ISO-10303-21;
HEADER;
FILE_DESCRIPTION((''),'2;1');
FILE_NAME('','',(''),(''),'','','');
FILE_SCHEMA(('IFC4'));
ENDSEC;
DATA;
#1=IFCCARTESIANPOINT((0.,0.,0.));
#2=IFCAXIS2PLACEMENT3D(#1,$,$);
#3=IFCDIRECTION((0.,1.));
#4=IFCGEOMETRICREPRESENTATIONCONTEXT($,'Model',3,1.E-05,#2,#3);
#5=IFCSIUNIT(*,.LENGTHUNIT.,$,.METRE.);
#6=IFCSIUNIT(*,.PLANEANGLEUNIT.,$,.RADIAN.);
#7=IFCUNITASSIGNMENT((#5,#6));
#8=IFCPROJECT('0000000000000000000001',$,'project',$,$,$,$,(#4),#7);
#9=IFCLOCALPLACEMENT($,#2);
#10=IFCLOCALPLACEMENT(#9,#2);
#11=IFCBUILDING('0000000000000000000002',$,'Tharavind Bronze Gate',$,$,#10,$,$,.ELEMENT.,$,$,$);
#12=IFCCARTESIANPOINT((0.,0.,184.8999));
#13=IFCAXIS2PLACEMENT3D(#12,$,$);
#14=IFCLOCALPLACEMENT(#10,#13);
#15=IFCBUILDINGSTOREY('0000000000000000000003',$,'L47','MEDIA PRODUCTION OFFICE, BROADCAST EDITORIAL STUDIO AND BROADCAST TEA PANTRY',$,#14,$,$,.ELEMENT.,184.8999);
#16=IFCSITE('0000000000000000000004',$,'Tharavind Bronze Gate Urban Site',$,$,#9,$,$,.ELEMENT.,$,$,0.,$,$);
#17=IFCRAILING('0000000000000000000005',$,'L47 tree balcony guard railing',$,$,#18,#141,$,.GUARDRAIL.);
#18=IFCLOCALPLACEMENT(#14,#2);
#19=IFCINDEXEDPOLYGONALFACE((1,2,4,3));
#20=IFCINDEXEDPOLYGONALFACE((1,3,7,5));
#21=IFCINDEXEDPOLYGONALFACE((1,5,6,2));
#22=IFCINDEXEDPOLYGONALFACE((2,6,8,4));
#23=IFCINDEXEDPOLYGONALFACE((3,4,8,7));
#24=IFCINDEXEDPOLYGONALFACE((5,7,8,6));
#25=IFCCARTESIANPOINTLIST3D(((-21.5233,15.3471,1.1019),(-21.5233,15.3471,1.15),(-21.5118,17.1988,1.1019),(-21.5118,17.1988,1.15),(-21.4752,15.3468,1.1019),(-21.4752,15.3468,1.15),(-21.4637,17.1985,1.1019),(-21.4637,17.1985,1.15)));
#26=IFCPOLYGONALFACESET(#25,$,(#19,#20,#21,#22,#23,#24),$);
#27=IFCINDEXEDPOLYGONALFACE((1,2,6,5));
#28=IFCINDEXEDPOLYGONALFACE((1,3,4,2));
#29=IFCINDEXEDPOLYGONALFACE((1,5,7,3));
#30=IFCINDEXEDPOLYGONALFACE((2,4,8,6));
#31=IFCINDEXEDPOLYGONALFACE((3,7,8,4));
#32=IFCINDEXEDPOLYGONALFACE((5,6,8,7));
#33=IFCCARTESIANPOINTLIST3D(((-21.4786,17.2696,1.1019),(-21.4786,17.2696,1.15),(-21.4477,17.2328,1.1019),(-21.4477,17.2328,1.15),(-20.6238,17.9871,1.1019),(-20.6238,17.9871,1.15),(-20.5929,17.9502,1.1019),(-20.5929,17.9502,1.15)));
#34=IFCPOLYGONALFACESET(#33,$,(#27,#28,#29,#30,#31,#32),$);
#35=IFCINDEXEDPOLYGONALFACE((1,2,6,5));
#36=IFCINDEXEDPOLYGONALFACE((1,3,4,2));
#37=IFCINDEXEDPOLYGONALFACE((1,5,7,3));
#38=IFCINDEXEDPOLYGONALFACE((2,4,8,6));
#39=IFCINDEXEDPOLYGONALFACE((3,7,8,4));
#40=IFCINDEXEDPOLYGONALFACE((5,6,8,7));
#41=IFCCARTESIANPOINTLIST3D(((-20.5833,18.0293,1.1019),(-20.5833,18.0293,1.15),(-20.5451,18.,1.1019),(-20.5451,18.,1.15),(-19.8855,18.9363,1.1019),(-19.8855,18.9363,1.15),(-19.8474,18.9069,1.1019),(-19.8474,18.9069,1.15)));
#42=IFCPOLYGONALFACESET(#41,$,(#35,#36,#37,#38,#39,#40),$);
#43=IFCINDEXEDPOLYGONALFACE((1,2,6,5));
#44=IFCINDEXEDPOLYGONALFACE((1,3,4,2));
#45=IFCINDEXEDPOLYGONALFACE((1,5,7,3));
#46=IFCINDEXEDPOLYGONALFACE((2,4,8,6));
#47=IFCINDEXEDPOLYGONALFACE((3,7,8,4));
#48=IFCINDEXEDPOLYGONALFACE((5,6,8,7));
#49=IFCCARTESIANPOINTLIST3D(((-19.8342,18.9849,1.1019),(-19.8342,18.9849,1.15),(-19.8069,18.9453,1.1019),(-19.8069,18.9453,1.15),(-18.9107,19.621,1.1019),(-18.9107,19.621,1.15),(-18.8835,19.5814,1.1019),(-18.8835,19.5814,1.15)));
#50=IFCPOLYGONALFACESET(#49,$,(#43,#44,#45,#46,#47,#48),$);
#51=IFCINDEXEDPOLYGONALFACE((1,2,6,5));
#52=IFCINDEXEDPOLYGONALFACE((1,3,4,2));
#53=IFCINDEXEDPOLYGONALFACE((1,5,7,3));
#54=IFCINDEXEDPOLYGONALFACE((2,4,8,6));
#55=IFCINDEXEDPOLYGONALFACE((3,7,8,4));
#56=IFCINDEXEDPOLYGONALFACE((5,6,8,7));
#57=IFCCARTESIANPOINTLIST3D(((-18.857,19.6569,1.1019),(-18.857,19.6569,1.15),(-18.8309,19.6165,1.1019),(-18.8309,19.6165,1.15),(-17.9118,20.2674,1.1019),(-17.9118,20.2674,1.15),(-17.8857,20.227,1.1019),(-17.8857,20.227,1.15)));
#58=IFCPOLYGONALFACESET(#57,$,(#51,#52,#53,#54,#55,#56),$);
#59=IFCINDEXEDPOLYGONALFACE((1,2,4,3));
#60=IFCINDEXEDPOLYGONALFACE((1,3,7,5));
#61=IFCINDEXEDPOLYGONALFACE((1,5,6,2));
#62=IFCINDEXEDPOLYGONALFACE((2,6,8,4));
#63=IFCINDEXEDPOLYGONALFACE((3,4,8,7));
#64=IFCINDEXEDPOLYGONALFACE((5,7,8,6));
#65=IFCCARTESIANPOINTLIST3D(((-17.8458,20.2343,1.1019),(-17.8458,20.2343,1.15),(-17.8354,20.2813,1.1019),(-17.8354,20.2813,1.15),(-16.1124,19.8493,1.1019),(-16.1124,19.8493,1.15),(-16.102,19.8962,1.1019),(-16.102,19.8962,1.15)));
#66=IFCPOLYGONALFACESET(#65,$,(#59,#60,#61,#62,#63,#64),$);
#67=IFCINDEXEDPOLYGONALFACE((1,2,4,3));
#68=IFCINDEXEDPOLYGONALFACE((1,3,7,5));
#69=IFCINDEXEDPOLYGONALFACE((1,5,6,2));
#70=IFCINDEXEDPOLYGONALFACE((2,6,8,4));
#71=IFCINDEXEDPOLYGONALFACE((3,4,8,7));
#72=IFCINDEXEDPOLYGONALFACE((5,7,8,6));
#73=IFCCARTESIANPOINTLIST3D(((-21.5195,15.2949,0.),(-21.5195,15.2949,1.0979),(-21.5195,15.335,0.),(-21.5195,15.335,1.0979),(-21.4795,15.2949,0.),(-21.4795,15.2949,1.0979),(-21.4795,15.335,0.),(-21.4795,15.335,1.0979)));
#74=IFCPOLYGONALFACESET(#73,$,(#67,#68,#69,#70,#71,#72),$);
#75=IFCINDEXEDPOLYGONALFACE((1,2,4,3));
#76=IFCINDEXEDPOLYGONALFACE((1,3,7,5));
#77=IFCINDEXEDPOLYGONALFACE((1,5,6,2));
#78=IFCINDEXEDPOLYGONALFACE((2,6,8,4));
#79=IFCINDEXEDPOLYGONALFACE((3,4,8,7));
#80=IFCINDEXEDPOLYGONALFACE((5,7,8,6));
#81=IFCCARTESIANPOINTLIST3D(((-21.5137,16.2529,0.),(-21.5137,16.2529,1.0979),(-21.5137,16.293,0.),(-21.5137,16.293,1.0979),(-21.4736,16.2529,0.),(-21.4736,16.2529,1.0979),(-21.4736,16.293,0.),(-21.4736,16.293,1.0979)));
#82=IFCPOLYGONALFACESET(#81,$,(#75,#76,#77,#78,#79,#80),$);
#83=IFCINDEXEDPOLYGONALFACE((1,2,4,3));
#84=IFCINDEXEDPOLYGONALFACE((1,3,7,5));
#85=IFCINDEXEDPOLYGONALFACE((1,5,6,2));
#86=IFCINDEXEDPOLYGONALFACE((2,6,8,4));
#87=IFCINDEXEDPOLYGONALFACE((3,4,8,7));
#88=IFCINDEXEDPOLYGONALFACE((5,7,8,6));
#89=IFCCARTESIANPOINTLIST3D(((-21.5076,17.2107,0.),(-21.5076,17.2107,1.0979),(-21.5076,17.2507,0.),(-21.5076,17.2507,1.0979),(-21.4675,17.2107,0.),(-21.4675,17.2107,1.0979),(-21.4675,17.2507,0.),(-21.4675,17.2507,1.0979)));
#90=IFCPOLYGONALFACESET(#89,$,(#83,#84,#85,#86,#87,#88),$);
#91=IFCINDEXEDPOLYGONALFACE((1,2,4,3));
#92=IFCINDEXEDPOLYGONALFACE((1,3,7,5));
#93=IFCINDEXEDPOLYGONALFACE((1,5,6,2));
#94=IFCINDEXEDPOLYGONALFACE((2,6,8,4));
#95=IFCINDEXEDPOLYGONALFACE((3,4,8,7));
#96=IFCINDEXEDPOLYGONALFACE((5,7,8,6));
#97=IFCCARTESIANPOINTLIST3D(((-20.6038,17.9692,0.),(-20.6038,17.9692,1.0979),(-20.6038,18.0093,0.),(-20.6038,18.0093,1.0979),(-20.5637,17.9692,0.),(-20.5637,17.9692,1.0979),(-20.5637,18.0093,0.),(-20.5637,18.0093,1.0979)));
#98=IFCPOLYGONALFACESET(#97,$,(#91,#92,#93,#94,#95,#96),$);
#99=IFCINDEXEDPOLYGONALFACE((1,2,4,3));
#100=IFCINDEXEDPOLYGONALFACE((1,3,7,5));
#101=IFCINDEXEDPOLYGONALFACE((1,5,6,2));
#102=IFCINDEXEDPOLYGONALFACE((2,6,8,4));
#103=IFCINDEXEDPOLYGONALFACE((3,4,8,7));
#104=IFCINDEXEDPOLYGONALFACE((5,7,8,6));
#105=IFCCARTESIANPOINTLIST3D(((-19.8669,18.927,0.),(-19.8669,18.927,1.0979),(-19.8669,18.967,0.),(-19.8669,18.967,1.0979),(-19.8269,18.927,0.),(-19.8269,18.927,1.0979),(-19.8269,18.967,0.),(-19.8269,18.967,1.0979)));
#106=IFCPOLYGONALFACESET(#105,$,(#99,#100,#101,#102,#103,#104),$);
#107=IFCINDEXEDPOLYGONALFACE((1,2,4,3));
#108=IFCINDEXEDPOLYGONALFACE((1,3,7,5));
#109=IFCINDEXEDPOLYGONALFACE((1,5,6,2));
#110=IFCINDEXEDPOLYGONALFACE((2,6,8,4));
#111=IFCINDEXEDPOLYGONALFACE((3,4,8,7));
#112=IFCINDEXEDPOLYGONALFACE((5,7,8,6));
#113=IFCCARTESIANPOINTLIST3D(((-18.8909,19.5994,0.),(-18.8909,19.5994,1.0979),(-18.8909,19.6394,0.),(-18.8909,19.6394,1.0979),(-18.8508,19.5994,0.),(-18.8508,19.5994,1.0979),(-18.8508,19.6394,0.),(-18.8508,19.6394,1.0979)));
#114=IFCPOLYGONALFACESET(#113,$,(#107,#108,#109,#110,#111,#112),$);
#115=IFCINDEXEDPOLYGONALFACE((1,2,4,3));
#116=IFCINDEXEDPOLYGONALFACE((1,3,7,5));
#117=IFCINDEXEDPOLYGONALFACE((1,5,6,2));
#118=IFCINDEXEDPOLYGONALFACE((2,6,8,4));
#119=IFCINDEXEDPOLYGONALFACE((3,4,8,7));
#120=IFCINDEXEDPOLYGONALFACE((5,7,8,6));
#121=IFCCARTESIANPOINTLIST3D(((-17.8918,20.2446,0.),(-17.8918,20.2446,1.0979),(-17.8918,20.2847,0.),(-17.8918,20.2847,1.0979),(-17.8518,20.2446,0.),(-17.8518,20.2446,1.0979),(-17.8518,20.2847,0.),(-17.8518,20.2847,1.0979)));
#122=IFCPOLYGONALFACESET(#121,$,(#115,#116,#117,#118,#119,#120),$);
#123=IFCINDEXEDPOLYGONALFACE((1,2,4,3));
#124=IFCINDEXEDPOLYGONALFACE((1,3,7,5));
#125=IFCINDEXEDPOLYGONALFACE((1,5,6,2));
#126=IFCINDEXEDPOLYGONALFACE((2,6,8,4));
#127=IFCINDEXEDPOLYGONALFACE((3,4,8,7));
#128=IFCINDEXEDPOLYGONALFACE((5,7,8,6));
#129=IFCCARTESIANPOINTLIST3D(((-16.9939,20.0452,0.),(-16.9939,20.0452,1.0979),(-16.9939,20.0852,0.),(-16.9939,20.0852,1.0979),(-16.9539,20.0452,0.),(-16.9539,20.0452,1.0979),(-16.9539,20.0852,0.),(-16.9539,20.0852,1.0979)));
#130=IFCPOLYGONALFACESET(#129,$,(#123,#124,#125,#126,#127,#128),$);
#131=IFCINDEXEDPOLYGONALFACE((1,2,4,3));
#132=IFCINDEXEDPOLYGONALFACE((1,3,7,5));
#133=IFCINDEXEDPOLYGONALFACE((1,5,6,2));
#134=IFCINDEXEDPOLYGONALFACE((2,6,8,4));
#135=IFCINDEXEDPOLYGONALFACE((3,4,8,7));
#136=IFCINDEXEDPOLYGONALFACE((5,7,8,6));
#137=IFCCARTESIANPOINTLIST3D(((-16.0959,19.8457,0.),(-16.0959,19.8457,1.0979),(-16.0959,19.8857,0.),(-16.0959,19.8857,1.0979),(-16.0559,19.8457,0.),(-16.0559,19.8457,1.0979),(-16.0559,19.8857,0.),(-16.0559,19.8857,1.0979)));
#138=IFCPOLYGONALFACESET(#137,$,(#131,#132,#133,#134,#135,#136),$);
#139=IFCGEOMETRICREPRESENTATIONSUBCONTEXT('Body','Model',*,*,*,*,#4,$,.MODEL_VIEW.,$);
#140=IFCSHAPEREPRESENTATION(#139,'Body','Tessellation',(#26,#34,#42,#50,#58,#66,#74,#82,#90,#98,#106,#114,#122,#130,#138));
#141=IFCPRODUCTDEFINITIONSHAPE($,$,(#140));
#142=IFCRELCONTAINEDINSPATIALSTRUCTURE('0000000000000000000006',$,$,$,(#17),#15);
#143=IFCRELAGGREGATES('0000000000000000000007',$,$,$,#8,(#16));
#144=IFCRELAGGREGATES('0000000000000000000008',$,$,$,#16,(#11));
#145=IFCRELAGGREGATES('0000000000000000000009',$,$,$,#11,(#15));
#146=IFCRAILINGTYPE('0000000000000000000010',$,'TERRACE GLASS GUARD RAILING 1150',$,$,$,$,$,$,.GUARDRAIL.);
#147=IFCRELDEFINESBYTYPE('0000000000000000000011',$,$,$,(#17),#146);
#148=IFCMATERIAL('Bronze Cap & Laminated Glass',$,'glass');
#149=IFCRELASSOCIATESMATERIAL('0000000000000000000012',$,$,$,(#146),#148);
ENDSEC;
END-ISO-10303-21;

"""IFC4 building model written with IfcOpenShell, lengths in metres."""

from ifc_helpers import new_model, si_unit, direction, frame, origin, origin_2d, place, context, subcontext, project, spatial, rectangle, extrude, material, type_object, element, save


model = new_model("IFC4")

# Units and contexts
model_context = context("Model", 3, precision=1e-05, world=origin(), true_north=direction((0.0, 1.0)))
body_context = subcontext(model_context, "Body", "Model", "MODEL_VIEW")
ifc_project = project(units=[si_unit("LENGTHUNIT", "METRE"), si_unit("PLANEANGLEUNIT", "RADIAN")], contexts=[model_context])

# Site, building, storey
site_placement = place(None, origin())
site = spatial("IfcSite", under=ifc_project, at=site_placement, Name="Tharavind Bronze Gate Urban Site", CompositionType="ELEMENT", RefElevation=0.0)
building_placement = place(site_placement, origin())
building = spatial("IfcBuilding", under=site, at=building_placement, Name="Tharavind Bronze Gate", CompositionType="ELEMENT")
storey_placement = place(building_placement, frame((0.0, 0.0, 184.8999)))
storey = spatial("IfcBuildingStorey", under=building, at=storey_placement, Name="L47", Description="MEDIA PRODUCTION OFFICE, BROADCAST EDITORIAL STUDIO AND BROADCAST TEA PANTRY", CompositionType="ELEMENT", Elevation=184.8999)

# Railing
ifc_material_1 = material(Name="Bronze Cap & Laminated Glass", Category="glass")
railing_type = type_object("IfcRailingType", Name="TERRACE GLASS GUARD RAILING 1150", PredefinedType="GUARDRAIL", material=ifc_material_1)
railing_placement = place(storey_placement, frame((-21.4995, 15.3149, 0.0)))
element("IfcRailing", 1, at=railing_placement, inside=storey, type_object=railing_type, Name="L47 tree balcony guard railing", PredefinedType="GUARDRAIL", context=body_context, shape_type="SweptSolid", body=[
    extrude(rectangle(XDim=0.0481, YDim=0.0481, at=origin_2d()), frame((0.0002, 0.032, 1.126), z_axis=(0.006244, 0.999981, 0.0), x_axis=(-0.999981, 0.006244, 0.0)), (0.0, 0.0, 1.0), 1.8518),
    extrude(rectangle(XDim=0.0481, YDim=0.0481, at=origin_2d()), frame((0.0364, 1.9363, 1.126), z_axis=(0.765978, 0.642867, 0.0), x_axis=(-0.642867, 0.765978, 0.0)), (0.0, 0.0, 1.0), 1.116),
    extrude(rectangle(XDim=0.0481, YDim=0.0481, at=origin_2d()), frame((0.9353, 2.6997, 1.126), z_axis=(0.60975, 0.792594, 0.0), x_axis=(-0.792594, 0.60975, 0.0)), (0.0, 0.0, 1.0), 1.1443),
    extrude(rectangle(XDim=0.0481, YDim=0.0481, at=origin_2d()), frame((1.679, 3.6501, 1.126), z_axis=(0.823525, 0.56728, 0.0), x_axis=(-0.56728, 0.823525, 0.0)), (0.0, 0.0, 1.0), 1.1213),
    extrude(rectangle(XDim=0.0481, YDim=0.0481, at=origin_2d()), frame((2.6555, 4.3218, 1.126), z_axis=(0.840016, 0.542562, 0.0), x_axis=(-0.542562, 0.840016, 0.0)), (0.0, 0.0, 1.0), 1.1252),
    extrude(rectangle(XDim=0.0481, YDim=0.0481, at=origin_2d()), frame((3.6589, 4.9429, 1.126), z_axis=(0.976206, -0.216846, 0.0), x_axis=(0.216846, 0.976206, 0.0)), (0.0, 0.0, 1.0), 1.7756),
    extrude(rectangle(XDim=0.04, YDim=0.04, at=origin_2d()), origin(), (0.0, 0.0, 1.0), 1.0979),
    extrude(rectangle(XDim=0.04, YDim=0.04, at=origin_2d()), frame((0.0059, 0.958, 0.0)), (0.0, 0.0, 1.0), 1.0979),
    extrude(rectangle(XDim=0.04, YDim=0.04, at=origin_2d()), frame((0.012, 1.9158, 0.0)), (0.0, 0.0, 1.0), 1.0979),
    extrude(rectangle(XDim=0.04, YDim=0.04, at=origin_2d()), frame((0.9158, 2.6743, 0.0)), (0.0, 0.0, 1.0), 1.0979),
    extrude(rectangle(XDim=0.04, YDim=0.04, at=origin_2d()), frame((1.6526, 3.6321, 0.0)), (0.0, 0.0, 1.0), 1.0979),
    extrude(rectangle(XDim=0.04, YDim=0.04, at=origin_2d()), frame((2.6287, 4.3044, 0.0)), (0.0, 0.0, 1.0), 1.0979),
    extrude(rectangle(XDim=0.04, YDim=0.04, at=origin_2d()), frame((3.6277, 4.9497, 0.0)), (0.0, 0.0, 1.0), 1.0979),
    extrude(rectangle(XDim=0.04, YDim=0.04, at=origin_2d()), frame((4.5256, 4.7502, 0.0)), (0.0, 0.0, 1.0), 1.0979),
    extrude(rectangle(XDim=0.04, YDim=0.04, at=origin_2d()), frame((5.4236, 4.5508, 0.0)), (0.0, 0.0, 1.0), 1.0979),
])

save(model, "model.ifc")
